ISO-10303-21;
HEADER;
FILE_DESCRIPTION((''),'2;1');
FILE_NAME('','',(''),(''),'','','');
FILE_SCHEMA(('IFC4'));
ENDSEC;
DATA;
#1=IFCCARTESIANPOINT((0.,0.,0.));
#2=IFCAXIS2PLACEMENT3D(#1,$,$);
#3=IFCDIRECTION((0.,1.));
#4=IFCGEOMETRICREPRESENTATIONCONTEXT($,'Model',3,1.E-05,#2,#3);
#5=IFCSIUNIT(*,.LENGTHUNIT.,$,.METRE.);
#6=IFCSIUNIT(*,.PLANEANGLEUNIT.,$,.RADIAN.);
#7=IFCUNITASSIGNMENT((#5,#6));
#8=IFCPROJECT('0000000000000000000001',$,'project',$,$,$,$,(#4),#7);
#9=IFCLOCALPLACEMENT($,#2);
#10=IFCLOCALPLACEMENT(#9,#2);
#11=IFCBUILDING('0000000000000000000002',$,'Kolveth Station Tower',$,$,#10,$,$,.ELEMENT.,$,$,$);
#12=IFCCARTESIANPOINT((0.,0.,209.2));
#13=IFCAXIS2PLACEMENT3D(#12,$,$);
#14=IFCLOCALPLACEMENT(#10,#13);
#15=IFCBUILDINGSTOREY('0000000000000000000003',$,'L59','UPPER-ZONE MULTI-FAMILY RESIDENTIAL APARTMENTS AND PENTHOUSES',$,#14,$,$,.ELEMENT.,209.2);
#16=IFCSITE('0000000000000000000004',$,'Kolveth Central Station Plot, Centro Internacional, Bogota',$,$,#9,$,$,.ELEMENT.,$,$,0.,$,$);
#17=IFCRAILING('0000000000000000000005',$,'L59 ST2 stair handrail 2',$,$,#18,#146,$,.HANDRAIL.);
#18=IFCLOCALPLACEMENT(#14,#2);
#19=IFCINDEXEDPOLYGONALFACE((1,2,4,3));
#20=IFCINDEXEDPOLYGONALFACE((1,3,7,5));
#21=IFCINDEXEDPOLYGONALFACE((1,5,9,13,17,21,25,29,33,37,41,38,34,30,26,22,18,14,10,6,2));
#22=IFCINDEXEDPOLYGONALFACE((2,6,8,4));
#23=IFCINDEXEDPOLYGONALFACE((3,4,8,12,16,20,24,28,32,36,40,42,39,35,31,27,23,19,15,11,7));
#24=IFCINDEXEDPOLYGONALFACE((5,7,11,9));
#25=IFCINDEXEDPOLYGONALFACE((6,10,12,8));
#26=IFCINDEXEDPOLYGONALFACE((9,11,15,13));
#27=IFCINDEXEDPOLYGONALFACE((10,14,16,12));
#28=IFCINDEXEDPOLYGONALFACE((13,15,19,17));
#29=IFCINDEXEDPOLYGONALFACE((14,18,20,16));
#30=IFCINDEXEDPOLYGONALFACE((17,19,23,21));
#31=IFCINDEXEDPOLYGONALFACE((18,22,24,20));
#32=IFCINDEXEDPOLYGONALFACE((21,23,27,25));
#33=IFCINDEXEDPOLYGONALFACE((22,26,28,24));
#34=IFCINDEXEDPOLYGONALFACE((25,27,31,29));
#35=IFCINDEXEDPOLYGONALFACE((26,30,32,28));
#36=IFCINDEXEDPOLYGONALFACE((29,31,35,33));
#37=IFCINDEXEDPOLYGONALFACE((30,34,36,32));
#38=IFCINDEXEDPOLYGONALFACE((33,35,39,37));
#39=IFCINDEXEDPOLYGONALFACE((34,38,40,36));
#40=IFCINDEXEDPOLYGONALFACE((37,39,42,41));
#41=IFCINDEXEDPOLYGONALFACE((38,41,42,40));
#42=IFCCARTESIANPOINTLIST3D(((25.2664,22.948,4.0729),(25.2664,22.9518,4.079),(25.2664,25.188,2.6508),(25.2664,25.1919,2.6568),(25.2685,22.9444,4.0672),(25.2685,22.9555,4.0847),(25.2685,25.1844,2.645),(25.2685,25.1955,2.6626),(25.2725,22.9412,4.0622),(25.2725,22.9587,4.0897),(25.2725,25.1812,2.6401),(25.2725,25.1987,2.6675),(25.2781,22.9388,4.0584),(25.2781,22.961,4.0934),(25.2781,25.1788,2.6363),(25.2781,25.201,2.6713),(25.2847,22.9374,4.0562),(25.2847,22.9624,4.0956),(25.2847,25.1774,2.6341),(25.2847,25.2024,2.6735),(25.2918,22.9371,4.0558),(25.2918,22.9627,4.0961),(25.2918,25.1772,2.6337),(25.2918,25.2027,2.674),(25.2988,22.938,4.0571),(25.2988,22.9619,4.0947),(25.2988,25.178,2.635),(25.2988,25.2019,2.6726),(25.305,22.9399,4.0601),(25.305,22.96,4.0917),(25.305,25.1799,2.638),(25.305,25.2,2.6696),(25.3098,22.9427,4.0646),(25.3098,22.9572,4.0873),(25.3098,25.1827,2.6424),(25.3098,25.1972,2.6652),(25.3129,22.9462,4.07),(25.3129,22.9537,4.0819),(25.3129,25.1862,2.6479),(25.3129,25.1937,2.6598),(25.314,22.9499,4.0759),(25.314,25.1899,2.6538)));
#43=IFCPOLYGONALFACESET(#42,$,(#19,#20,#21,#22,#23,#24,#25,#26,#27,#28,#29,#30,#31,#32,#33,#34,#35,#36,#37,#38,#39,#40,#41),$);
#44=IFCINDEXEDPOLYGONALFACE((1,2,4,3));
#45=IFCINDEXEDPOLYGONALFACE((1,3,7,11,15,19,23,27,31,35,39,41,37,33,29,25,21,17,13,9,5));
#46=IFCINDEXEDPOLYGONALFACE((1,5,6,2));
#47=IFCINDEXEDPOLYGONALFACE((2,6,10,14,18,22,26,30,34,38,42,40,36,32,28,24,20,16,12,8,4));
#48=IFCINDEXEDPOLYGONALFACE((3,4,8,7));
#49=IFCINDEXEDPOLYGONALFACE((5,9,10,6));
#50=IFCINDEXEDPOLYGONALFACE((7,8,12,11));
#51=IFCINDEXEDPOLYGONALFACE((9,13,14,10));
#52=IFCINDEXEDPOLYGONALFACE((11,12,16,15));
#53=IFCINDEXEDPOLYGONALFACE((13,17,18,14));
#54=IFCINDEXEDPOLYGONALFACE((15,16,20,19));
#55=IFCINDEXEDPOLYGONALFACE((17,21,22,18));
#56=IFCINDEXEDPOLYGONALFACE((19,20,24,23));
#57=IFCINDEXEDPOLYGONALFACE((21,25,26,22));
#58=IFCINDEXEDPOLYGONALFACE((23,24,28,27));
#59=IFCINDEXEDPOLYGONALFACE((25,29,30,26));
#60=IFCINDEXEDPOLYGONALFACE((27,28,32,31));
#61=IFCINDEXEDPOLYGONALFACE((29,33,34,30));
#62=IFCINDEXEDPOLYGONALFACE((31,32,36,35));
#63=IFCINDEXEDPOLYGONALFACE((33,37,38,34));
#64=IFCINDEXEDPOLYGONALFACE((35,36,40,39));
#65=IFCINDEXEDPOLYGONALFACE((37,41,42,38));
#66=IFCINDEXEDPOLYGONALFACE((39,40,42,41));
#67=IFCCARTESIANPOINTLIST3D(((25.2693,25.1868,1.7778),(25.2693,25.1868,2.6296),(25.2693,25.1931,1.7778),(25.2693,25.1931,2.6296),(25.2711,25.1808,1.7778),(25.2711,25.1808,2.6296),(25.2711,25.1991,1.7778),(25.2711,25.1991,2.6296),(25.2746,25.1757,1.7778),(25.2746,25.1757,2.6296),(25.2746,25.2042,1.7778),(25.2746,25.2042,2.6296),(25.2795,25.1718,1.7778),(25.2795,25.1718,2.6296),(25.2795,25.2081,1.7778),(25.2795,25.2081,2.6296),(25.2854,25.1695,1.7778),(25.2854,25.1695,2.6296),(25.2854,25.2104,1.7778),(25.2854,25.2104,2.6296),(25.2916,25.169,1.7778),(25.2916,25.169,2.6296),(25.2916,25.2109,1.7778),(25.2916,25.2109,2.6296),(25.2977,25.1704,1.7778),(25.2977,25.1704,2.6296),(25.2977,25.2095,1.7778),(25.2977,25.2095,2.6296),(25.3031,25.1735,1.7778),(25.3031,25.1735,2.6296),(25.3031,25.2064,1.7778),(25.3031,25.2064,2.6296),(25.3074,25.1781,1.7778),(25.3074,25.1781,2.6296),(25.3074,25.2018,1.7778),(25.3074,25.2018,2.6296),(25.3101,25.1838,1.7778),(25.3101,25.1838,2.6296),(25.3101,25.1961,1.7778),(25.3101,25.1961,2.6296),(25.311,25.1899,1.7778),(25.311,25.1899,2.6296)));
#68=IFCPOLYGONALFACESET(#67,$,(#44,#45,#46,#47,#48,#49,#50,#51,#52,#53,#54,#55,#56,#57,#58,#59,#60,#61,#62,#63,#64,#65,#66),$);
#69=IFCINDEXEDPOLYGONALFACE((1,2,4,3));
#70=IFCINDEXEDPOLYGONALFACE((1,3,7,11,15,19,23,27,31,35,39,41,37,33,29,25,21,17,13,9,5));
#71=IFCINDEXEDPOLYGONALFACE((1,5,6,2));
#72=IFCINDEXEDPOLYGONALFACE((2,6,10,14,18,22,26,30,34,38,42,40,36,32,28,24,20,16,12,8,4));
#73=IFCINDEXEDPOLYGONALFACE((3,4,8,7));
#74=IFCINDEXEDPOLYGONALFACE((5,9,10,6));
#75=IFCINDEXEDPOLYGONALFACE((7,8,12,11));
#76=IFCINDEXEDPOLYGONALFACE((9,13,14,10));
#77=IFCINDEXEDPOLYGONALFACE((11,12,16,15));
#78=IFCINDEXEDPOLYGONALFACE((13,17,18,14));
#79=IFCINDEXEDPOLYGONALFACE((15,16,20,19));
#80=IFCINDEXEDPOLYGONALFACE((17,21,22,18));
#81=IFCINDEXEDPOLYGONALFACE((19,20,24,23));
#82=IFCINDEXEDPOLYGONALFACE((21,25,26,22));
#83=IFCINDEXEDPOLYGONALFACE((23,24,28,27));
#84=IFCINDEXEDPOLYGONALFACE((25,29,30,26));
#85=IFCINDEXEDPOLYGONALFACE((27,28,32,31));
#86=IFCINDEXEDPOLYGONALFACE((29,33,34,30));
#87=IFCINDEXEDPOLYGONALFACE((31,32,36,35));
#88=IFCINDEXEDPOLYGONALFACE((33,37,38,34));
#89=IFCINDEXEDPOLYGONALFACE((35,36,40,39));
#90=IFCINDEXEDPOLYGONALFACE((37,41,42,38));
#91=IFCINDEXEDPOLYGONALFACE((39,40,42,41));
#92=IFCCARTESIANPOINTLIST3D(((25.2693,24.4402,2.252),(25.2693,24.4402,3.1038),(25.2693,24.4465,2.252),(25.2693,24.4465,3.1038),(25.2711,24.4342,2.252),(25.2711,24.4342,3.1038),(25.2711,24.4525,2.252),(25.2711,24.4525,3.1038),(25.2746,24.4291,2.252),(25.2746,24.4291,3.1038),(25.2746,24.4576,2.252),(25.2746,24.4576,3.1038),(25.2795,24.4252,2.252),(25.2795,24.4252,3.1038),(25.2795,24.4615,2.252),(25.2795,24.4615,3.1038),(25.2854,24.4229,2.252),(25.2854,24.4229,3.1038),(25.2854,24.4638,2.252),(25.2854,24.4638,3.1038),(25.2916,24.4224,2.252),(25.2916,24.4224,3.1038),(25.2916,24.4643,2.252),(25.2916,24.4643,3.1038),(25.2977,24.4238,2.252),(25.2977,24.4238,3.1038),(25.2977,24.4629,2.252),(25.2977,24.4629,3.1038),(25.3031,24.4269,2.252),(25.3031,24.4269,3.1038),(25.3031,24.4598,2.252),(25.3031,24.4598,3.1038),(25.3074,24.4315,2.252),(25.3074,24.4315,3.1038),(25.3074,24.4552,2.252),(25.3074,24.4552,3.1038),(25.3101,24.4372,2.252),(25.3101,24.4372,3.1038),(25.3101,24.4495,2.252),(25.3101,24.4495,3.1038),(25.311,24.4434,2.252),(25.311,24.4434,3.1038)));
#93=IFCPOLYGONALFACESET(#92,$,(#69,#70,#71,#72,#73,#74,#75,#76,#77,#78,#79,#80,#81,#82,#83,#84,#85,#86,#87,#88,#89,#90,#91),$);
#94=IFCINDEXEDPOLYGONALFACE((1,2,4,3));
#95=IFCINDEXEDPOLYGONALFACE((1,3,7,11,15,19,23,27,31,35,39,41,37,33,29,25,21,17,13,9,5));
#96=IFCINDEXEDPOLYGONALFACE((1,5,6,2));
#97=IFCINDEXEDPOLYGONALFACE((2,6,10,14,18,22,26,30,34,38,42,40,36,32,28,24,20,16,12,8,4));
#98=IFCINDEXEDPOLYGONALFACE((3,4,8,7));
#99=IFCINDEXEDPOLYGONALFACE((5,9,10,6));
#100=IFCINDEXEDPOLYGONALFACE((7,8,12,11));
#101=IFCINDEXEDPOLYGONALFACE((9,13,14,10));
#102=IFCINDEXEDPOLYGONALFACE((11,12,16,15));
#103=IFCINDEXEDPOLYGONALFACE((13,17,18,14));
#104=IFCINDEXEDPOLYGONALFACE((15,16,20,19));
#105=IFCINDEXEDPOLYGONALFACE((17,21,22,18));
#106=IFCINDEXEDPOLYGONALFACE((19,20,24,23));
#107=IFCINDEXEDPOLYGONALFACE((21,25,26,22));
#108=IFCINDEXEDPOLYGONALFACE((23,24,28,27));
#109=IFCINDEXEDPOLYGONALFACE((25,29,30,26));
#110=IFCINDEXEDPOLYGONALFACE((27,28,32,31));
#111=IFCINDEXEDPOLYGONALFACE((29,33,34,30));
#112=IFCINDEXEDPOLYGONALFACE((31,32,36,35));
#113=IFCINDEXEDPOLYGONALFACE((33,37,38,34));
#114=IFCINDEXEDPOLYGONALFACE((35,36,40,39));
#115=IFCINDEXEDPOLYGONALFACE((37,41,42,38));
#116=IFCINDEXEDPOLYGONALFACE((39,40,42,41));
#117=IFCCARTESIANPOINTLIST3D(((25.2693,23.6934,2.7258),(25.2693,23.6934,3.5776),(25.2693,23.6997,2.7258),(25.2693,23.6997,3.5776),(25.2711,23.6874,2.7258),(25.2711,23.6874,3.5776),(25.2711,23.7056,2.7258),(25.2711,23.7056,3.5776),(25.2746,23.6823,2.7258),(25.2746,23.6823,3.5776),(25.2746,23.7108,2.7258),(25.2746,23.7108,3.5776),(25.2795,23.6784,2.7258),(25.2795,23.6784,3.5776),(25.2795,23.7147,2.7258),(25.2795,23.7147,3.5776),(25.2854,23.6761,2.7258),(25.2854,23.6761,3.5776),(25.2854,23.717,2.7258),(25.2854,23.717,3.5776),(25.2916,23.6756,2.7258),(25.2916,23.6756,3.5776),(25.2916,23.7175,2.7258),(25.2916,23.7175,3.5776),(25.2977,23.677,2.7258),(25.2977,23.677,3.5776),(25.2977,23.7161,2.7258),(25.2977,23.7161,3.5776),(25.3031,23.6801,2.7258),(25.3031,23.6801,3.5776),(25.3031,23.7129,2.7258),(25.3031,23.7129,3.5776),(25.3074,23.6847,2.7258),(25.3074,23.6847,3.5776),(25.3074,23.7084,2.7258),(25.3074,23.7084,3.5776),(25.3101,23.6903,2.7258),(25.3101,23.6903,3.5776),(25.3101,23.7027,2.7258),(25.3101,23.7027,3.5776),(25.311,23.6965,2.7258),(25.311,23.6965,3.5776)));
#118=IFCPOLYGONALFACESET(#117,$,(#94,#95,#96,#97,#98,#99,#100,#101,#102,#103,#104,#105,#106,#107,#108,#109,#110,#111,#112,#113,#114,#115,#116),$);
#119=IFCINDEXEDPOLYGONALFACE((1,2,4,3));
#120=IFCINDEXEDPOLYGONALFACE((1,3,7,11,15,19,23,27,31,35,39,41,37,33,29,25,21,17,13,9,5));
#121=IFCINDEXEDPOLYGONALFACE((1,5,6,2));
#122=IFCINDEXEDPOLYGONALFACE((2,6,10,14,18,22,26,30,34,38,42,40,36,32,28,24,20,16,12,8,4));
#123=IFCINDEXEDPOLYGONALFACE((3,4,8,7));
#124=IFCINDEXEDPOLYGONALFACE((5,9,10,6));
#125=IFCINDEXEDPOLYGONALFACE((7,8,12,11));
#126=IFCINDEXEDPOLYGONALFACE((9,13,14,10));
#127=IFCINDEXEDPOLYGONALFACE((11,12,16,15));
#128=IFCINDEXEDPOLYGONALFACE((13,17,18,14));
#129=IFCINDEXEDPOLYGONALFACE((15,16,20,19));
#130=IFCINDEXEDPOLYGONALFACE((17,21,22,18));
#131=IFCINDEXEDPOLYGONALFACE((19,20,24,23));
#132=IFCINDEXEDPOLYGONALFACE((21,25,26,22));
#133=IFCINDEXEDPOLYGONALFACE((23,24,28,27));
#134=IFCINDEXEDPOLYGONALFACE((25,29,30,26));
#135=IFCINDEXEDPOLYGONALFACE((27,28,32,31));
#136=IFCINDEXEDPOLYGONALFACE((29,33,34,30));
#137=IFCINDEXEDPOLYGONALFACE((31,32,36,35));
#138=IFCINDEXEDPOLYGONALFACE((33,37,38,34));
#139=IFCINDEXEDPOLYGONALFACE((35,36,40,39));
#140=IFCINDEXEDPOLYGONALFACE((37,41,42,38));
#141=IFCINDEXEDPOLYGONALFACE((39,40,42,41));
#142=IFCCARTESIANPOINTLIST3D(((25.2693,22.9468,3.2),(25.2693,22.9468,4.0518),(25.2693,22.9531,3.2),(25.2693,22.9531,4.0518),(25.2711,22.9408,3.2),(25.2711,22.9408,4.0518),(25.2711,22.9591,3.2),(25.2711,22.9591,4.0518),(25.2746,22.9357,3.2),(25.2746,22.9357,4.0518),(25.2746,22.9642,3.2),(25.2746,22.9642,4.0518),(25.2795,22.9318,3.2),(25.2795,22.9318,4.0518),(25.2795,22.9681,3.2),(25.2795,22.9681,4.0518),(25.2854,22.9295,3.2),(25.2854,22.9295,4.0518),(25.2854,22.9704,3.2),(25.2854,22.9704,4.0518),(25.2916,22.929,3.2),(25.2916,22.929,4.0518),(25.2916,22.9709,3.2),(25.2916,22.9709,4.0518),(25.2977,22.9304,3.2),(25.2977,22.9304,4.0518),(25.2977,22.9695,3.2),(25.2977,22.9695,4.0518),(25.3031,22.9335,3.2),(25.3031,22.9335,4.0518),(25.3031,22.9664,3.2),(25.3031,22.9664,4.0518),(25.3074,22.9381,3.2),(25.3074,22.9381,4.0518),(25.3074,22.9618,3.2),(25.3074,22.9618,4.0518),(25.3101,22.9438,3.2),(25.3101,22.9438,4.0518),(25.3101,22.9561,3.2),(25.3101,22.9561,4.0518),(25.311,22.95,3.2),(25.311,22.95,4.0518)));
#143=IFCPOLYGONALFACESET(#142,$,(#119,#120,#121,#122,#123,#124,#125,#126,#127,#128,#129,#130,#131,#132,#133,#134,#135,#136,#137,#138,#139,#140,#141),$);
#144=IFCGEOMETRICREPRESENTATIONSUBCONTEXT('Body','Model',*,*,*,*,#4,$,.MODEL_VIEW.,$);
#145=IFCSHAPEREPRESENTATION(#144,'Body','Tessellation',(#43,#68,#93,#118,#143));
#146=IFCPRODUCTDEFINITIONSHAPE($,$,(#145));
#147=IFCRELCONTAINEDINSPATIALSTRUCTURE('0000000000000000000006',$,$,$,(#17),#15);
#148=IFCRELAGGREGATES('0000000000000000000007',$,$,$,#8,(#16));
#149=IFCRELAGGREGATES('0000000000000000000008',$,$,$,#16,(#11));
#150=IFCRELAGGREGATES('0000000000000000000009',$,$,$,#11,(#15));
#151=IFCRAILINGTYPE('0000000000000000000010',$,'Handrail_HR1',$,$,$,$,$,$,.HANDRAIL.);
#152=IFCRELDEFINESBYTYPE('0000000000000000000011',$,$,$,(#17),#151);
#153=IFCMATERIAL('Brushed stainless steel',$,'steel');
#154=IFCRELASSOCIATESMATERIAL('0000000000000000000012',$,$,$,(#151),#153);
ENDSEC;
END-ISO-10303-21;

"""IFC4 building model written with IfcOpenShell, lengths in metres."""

from ifc_helpers import new_model, si_unit, direction, frame, origin, origin_2d, place, context, subcontext, project, spatial, circle, extrude, material, type_object, element, save


model = new_model("IFC4")

# Units and contexts
model_context = context("Model", 3, precision=1e-05, world=origin(), true_north=direction((0.0, 1.0)))
body_context = subcontext(model_context, "Body", "Model", "MODEL_VIEW")
ifc_project = project(units=[si_unit("LENGTHUNIT", "METRE"), si_unit("PLANEANGLEUNIT", "RADIAN")], contexts=[model_context])

# Site, building, storey
site_placement = place(None, origin())
site = spatial("IfcSite", under=ifc_project, at=site_placement, Name="Kolveth Central Station Plot, Centro Internacional, Bogota", CompositionType="ELEMENT", RefElevation=0.0)
building_placement = place(site_placement, origin())
building = spatial("IfcBuilding", under=site, at=building_placement, Name="Kolveth Station Tower", CompositionType="ELEMENT")
storey_placement = place(building_placement, frame((0.0, 0.0, 209.2)))
storey = spatial("IfcBuildingStorey", under=building, at=storey_placement, Name="L59", Description="UPPER-ZONE MULTI-FAMILY RESIDENTIAL APARTMENTS AND PENTHOUSES", CompositionType="ELEMENT", Elevation=209.2)

# Railing
ifc_material_1 = material(Name="Brushed stainless steel", Category="steel")
railing_type_1 = type_object("IfcRailingType", Name="Handrail_HR1", PredefinedType="HANDRAIL", material=ifc_material_1)
railing_1_placement = place(storey_placement, frame((25.29, 25.1899, 1.7778)))
element("IfcRailing", 1, at=railing_1_placement, inside=storey, type_object=railing_type_1, Name="L59 ST2 stair handrail 2", PredefinedType="HANDRAIL", context=body_context, shape_type="SweptSolid", body=[
    extrude(circle(Radius=0.0239, at=origin_2d()), frame((0.0, 0.0, 0.876), z_axis=(0.0, -0.844229, 0.535982), x_axis=(1.0, 0.0, 0.0)), (0.0, 0.0, 1.0), 2.6533),
    extrude(circle(Radius=0.021, at=origin_2d()), origin(), (0.0, 0.0, 1.0), 0.8518),
    extrude(circle(Radius=0.021, at=origin_2d()), frame((0.0, -0.7466, 0.4741)), (0.0, 0.0, 1.0), 0.8518),
    extrude(circle(Radius=0.021, at=origin_2d()), frame((0.0, -1.4934, 0.948)), (0.0, 0.0, 1.0), 0.8518),
    extrude(circle(Radius=0.021, at=origin_2d()), frame((0.0, -2.24, 1.4221)), (0.0, 0.0, 1.0), 0.8518),
])

save(model, "model.ifc")
